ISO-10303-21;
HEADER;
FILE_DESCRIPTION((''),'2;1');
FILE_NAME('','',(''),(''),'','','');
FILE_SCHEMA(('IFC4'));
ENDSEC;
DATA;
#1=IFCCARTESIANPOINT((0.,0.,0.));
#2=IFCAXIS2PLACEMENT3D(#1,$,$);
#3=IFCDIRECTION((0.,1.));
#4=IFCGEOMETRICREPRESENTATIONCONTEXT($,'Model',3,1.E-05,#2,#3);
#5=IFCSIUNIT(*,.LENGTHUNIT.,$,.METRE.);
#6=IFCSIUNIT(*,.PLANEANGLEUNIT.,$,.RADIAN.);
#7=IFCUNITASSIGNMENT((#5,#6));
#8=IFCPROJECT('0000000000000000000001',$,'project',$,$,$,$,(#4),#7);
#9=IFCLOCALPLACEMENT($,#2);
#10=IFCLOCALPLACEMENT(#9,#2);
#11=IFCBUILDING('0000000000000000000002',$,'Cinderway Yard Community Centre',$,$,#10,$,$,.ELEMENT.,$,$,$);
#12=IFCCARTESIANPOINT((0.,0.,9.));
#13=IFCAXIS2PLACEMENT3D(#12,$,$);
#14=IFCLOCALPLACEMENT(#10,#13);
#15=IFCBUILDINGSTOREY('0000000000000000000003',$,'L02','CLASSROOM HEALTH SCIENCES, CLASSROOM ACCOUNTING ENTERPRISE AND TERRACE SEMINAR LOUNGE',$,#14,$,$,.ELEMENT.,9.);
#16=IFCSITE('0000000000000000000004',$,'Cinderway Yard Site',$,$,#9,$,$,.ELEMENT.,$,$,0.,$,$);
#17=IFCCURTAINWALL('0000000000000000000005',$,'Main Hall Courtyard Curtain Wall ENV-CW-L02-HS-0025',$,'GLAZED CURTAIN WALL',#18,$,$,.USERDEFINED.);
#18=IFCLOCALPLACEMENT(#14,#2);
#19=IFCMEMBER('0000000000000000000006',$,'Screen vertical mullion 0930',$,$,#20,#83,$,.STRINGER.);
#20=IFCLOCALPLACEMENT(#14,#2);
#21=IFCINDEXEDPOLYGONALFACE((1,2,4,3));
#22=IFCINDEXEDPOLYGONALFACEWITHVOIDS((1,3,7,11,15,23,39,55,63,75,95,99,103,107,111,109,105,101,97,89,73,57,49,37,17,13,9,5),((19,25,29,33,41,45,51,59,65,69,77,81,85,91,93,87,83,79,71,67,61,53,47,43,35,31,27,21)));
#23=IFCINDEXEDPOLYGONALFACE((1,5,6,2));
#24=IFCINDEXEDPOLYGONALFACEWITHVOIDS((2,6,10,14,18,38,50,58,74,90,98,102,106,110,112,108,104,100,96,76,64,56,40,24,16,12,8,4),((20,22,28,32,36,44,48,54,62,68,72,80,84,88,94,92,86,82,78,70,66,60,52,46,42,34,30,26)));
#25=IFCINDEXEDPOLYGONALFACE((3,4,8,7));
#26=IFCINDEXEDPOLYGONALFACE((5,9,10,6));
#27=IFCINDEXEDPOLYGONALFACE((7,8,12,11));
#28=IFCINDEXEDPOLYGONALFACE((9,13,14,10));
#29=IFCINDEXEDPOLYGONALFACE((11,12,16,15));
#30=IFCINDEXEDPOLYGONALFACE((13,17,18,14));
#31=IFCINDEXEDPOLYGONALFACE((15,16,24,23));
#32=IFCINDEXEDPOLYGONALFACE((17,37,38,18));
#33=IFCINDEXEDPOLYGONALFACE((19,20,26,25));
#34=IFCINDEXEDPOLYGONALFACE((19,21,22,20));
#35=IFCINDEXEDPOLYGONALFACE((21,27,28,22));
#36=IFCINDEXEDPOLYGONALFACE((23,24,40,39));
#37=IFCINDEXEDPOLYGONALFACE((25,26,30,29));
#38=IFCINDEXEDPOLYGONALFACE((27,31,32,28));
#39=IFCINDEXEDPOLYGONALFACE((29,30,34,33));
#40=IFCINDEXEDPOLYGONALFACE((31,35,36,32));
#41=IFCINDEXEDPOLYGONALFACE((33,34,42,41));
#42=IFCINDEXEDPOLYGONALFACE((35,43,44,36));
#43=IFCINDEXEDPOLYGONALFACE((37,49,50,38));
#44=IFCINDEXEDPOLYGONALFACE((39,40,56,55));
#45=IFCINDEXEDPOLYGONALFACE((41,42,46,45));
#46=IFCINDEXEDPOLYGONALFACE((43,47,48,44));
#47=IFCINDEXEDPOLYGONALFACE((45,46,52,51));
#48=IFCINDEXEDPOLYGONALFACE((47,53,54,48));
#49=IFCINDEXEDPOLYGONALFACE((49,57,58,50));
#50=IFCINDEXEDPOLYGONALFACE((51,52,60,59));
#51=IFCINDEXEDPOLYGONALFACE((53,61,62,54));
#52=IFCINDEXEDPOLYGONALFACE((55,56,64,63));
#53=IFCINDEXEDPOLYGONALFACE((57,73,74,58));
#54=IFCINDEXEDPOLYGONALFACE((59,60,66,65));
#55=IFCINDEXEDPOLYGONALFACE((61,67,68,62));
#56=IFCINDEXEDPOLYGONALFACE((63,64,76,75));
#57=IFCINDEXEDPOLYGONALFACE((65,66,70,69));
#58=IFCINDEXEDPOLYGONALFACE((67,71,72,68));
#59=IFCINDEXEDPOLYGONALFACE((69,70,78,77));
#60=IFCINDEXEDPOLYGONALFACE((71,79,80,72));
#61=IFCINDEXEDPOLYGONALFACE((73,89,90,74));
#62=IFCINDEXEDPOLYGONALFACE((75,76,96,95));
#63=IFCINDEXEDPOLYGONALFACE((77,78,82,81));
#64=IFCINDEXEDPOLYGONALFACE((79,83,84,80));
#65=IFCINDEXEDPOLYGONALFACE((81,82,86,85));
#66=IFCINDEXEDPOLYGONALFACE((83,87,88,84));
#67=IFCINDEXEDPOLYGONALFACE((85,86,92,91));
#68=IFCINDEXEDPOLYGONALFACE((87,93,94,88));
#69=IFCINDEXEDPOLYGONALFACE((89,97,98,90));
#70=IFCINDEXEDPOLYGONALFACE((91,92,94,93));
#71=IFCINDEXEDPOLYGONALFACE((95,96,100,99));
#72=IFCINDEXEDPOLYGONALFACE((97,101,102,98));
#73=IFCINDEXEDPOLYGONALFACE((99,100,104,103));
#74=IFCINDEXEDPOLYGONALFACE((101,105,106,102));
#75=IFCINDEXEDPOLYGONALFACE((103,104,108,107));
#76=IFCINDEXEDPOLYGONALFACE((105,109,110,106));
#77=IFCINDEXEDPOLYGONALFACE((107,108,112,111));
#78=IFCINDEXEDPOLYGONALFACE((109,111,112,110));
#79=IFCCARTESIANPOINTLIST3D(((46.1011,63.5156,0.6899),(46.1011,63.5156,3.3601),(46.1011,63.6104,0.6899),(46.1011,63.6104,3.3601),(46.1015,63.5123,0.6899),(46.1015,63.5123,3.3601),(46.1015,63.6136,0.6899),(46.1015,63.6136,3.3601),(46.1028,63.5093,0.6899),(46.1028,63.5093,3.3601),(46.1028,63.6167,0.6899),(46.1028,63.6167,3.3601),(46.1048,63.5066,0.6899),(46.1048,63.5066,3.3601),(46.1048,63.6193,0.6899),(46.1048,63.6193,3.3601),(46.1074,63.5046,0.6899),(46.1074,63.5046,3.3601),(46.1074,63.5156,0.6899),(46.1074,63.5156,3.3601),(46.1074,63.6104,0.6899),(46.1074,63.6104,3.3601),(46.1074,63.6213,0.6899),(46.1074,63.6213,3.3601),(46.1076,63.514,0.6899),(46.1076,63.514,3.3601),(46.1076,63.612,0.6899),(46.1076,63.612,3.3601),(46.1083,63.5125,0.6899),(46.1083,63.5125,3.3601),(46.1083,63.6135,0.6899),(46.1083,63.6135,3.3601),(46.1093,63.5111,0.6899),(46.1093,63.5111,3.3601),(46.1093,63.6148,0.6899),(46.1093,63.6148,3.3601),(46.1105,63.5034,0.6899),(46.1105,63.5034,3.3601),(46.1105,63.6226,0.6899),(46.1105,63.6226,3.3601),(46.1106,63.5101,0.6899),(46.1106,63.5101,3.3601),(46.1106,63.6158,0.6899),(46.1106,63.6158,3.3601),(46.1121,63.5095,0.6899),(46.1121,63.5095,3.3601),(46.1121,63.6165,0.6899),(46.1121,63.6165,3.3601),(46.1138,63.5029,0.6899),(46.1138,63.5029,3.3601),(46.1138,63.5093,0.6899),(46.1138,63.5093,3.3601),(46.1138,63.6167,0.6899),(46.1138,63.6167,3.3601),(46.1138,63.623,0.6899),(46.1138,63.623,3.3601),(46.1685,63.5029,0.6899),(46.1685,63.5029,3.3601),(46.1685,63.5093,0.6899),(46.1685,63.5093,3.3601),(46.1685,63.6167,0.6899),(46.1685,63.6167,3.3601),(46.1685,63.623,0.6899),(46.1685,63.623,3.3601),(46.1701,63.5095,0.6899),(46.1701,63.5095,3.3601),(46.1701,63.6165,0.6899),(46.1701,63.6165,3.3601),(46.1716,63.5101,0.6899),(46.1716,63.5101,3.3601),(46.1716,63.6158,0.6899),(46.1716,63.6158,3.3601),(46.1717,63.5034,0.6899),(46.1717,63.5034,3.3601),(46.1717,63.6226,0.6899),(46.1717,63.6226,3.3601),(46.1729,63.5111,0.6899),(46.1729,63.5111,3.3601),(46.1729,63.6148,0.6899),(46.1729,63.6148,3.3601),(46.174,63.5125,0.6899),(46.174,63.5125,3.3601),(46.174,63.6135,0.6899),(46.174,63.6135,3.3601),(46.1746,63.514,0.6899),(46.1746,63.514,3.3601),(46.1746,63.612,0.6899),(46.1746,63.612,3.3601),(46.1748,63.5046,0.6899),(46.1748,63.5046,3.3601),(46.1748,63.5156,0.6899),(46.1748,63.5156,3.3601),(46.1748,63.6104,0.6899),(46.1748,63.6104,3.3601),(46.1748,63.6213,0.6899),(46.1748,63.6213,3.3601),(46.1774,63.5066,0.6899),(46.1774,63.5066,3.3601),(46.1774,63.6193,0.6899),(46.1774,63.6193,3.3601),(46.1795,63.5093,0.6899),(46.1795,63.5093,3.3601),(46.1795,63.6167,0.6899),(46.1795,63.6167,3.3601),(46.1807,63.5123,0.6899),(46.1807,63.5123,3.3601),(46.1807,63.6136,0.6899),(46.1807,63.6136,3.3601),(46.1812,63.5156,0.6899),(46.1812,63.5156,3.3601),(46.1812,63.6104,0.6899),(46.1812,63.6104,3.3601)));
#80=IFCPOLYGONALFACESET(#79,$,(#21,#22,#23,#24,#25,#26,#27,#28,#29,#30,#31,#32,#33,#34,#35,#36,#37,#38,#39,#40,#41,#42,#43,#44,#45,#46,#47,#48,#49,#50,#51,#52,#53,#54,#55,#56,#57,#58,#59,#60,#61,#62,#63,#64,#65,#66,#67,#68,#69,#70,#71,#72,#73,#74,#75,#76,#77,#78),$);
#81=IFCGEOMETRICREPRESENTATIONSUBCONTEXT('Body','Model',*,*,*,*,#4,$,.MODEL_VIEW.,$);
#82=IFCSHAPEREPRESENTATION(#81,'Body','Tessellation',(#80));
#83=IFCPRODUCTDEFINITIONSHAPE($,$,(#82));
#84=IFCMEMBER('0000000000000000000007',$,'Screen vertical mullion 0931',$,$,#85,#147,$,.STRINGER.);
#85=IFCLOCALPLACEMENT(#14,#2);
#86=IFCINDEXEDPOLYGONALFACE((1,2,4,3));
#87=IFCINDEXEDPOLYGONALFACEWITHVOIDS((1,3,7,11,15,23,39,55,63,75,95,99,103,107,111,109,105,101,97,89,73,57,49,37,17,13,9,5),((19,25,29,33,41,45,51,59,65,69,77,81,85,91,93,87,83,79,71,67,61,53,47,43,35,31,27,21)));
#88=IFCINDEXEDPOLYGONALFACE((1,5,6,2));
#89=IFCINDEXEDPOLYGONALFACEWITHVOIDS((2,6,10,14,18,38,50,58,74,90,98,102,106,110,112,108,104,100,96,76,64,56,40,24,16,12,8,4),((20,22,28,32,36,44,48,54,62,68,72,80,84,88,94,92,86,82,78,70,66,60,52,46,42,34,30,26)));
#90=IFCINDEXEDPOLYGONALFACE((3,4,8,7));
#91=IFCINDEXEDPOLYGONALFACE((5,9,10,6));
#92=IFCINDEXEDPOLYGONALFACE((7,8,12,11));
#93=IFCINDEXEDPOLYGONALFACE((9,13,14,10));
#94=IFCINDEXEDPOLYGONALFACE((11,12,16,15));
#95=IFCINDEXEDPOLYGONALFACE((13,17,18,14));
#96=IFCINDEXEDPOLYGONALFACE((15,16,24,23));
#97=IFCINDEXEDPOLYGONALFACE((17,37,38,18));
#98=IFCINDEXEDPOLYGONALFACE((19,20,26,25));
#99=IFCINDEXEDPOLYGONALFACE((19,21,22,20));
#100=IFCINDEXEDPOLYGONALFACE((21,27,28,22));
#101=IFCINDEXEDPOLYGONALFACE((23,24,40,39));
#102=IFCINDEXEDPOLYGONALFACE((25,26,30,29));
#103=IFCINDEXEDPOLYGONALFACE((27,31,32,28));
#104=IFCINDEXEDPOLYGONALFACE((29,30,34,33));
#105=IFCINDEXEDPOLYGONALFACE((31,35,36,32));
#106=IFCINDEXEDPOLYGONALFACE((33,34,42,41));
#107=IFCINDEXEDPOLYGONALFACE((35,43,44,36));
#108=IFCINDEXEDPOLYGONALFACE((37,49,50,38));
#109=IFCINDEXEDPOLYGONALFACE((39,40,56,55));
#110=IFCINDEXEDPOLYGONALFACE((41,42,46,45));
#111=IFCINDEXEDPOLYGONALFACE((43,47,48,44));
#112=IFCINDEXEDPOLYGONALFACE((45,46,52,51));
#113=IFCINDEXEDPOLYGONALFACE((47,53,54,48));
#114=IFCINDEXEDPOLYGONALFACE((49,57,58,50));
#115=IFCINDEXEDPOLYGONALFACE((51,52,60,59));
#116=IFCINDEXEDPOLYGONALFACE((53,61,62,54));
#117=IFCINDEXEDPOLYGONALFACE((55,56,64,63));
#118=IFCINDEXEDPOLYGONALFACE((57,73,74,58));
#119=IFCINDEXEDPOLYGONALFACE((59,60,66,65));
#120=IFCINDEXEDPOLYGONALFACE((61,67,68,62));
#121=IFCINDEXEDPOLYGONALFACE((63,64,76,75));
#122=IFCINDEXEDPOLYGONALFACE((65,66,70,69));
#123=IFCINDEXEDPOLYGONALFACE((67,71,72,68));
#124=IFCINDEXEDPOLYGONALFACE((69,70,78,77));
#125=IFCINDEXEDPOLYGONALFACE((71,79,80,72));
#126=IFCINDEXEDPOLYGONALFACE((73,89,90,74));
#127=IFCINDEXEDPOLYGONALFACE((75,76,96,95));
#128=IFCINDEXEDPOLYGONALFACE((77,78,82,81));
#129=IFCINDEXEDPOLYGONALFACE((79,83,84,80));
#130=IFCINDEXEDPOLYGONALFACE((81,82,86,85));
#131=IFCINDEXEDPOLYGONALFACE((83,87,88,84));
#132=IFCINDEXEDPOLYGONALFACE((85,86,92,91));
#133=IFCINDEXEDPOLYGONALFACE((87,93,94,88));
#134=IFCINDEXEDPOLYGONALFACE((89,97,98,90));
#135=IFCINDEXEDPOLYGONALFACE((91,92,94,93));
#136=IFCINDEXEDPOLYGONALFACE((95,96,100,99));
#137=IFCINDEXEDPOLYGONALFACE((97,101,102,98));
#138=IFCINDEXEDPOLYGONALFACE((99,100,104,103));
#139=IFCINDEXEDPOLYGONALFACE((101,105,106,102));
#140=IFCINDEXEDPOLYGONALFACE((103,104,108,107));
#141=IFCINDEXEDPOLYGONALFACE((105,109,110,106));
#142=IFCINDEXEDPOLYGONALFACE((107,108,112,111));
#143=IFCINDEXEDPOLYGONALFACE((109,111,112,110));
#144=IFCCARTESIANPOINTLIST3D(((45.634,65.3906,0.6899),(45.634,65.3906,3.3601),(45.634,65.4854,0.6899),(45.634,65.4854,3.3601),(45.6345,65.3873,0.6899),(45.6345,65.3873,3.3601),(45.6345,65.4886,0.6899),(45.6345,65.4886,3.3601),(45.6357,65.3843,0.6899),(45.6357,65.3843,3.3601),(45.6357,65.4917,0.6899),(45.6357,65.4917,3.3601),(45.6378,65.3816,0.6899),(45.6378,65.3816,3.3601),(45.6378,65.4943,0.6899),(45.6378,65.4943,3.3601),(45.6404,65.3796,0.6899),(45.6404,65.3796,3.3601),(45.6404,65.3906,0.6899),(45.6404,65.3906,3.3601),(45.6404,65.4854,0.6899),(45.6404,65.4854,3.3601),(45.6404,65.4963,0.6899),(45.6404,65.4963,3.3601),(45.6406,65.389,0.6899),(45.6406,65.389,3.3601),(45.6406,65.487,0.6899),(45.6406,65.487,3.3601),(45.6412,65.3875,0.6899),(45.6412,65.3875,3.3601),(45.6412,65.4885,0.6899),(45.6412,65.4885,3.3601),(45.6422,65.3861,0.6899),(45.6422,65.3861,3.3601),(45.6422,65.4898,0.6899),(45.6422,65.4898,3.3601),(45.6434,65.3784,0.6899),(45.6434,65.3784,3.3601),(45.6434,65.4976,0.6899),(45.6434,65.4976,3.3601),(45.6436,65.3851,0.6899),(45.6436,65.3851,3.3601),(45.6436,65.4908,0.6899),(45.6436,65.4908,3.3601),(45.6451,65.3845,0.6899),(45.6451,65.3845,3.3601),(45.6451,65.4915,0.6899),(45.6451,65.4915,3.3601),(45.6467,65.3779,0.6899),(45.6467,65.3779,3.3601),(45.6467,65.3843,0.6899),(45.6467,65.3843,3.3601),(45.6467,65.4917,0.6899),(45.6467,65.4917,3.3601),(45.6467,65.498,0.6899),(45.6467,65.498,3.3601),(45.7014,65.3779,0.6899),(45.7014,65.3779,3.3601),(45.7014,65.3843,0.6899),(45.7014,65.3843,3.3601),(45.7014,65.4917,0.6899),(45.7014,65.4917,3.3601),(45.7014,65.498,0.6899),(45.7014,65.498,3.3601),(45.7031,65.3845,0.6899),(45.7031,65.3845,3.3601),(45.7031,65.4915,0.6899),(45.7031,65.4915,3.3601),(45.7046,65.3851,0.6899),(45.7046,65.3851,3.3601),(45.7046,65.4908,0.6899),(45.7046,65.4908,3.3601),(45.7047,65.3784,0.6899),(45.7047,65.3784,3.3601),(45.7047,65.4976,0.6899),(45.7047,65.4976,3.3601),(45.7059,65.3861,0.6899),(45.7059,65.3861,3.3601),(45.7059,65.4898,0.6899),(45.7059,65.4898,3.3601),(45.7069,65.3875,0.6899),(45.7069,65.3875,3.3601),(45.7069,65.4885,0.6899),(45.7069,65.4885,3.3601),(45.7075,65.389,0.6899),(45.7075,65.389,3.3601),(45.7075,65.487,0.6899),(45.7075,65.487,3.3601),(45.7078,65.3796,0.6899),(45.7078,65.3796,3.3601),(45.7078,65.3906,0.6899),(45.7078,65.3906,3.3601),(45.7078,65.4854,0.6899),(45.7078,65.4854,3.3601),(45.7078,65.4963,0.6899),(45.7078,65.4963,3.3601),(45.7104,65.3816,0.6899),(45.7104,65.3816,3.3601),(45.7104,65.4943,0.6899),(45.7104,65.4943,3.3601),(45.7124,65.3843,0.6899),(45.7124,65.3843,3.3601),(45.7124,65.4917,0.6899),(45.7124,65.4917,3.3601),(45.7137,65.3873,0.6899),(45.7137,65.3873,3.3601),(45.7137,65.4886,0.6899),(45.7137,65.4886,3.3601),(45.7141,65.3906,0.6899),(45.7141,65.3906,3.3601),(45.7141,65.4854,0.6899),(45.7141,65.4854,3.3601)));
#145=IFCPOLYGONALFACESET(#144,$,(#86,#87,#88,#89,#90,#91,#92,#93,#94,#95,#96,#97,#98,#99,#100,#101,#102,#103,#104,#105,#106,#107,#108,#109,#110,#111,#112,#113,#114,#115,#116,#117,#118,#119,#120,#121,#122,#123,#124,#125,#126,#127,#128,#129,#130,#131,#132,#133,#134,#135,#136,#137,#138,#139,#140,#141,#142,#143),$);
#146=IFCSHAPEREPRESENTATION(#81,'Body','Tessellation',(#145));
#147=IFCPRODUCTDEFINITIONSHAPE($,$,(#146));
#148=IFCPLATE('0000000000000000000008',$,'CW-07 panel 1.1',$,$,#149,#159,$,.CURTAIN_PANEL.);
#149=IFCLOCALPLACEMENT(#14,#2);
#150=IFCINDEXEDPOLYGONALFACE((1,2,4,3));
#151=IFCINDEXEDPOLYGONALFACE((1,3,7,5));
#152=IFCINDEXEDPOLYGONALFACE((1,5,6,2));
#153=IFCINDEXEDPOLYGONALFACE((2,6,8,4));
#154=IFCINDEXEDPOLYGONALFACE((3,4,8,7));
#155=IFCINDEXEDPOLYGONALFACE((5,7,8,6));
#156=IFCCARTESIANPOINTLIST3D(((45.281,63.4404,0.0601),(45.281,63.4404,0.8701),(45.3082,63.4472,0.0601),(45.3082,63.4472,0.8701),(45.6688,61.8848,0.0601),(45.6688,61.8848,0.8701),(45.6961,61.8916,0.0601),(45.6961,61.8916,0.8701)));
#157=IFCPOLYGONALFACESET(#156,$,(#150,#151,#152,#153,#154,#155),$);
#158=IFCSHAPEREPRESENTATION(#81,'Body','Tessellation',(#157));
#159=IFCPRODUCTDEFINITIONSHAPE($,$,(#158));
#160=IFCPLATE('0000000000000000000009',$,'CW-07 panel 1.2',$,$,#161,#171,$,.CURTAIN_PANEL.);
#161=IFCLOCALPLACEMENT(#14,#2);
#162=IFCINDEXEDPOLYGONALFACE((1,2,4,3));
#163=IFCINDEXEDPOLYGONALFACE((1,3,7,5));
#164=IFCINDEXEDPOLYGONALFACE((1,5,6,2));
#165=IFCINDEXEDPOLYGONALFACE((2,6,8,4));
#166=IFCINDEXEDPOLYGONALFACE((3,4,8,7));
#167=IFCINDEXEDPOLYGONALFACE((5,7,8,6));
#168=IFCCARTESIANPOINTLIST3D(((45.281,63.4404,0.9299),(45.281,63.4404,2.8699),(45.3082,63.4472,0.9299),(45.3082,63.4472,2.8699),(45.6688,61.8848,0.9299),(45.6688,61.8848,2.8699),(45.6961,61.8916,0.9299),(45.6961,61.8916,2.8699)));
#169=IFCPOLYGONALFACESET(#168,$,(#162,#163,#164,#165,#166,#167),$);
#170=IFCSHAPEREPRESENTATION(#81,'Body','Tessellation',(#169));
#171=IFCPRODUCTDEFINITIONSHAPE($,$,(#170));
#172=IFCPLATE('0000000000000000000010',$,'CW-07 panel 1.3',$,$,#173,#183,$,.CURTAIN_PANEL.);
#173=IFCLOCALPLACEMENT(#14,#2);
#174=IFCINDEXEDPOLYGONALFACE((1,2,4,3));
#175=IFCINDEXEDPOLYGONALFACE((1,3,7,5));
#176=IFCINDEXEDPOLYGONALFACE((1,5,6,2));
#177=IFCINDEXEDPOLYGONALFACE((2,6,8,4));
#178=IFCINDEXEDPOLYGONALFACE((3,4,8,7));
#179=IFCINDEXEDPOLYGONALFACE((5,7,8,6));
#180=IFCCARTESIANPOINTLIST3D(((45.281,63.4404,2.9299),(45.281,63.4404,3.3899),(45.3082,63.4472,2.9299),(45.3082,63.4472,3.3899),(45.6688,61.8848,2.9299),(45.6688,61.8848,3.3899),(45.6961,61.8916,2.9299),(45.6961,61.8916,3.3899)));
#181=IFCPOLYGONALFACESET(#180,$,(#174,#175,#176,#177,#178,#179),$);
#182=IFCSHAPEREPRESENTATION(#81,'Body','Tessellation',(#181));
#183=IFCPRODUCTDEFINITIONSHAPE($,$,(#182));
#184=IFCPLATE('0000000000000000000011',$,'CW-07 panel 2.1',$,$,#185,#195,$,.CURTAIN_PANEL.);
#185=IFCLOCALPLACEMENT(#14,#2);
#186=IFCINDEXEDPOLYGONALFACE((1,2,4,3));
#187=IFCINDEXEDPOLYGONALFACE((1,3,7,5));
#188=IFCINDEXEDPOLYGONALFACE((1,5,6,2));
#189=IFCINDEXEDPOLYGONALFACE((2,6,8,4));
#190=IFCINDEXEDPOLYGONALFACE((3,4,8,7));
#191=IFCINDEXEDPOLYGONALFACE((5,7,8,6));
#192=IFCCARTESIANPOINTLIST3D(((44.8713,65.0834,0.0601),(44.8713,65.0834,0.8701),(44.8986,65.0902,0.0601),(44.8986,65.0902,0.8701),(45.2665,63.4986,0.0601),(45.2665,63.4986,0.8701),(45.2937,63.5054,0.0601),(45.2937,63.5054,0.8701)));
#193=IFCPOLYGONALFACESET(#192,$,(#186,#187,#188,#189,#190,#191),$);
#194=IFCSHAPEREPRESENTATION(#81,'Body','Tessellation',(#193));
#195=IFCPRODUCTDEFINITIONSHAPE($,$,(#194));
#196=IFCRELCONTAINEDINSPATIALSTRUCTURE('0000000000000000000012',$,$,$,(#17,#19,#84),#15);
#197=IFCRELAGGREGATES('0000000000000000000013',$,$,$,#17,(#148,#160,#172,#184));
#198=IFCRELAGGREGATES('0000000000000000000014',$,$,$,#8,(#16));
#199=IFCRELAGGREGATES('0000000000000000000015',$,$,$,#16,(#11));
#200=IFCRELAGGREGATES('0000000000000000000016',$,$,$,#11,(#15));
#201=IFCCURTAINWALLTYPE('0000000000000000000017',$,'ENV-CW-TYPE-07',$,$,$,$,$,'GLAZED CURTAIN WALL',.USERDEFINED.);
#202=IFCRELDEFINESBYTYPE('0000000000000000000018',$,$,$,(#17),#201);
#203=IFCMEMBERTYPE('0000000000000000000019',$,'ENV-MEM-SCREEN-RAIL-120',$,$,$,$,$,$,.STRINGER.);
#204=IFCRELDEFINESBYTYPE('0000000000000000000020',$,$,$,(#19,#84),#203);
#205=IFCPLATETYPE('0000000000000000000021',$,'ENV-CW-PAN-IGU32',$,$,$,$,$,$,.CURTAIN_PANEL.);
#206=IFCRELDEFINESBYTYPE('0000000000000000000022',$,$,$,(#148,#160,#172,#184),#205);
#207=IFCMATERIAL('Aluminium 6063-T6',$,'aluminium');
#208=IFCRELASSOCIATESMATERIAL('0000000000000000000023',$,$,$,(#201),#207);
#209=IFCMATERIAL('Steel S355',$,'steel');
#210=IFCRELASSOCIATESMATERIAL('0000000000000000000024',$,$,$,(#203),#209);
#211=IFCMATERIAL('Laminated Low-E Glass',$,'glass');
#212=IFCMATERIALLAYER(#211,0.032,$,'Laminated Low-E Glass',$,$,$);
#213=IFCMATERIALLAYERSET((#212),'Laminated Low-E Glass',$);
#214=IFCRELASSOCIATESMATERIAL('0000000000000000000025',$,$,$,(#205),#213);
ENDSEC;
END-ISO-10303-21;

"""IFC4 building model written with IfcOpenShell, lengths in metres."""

from ifc_helpers import new_model, si_unit, direction, frame, origin, origin_2d, place, context, subcontext, project, spatial, rectangle, hollow_rectangle, extrude, material, layer, layer_set, material_profile, profile_set, type_object, element, aggregate, save


model = new_model("IFC4")

# Units and contexts
model_context = context("Model", 3, precision=1e-05, world=origin(), true_north=direction((0.0, 1.0)))
body_context = subcontext(model_context, "Body", "Model", "MODEL_VIEW")
ifc_project = project(units=[si_unit("LENGTHUNIT", "METRE"), si_unit("PLANEANGLEUNIT", "RADIAN")], contexts=[model_context])

# Site, building, storey
site_placement = place(None, origin())
site = spatial("IfcSite", under=ifc_project, at=site_placement, Name="Cinderway Yard Site", CompositionType="ELEMENT", RefElevation=0.0)
building_placement = place(site_placement, origin())
building = spatial("IfcBuilding", under=site, at=building_placement, Name="Cinderway Yard Community Centre", CompositionType="ELEMENT")
storey_placement = place(building_placement, frame((0.0, 0.0, 9.0)))
storey = spatial("IfcBuildingStorey", under=building, at=storey_placement, Name="L02", Description="CLASSROOM HEALTH SCIENCES, CLASSROOM ACCOUNTING ENTERPRISE AND TERRACE SEMINAR LOUNGE", CompositionType="ELEMENT", Elevation=9.0)

# Curtain wall
ifc_material_1 = material(Name="Aluminium 6063-T6", Category="aluminium")
curtain_wall_type = type_object("IfcCurtainWallType", Name="ENV-CW-TYPE-07", ElementType="GLAZED CURTAIN WALL", PredefinedType="USERDEFINED", material=ifc_material_1)
curtain_wall_placement = place(storey_placement, origin())
curtain_wall = element("IfcCurtainWall", 1, at=curtain_wall_placement, inside=storey, type_object=curtain_wall_type, Name="Main Hall Courtyard Curtain Wall ENV-CW-L02-HS-0025", ObjectType="GLAZED CURTAIN WALL", PredefinedType="USERDEFINED")

# Members
ifc_material_2 = material(Name="Steel S355", Category="steel")
ifc_material_profile_1 = material_profile(ifc_material_2, hollow_rectangle(XDim=0.0801, YDim=0.1201, WallThickness=0.0063, InnerFilletRadius=0.0063, OuterFilletRadius=0.0127, at=origin_2d()), Name="Steel S355")
ifc_profile_set_1 = profile_set([ifc_material_profile_1], Name="Steel S355")
member_type_1 = type_object("IfcMemberType", Name="ENV-MEM-SCREEN-RAIL-120", PredefinedType="STRINGER", material=ifc_profile_set_1)
for number, where, z_axis, x_axis, name in (
    (2, (46.1411, 63.563, 0.6899), (0.0, 0.0, 1.0), (1.0, 0.0, 0.0), "Screen vertical mullion 0930"),
    (3, (45.6741, 65.438, 0.6899), (0.0, 0.0, 1.0), (1.0, 0.0, 0.0), "Screen vertical mullion 0931"),
):
    element("IfcMember", number, at=place(storey_placement, frame(where, z_axis=z_axis, x_axis=x_axis)), inside=storey, type_object=member_type_1, Name=name, PredefinedType="STRINGER", context=body_context, shape_type="SweptSolid", body=[
        extrude(hollow_rectangle(XDim=0.0801, YDim=0.1201, WallThickness=0.0063, InnerFilletRadius=0.0063, OuterFilletRadius=0.0127, at=origin_2d()), origin(), (0.0, 0.0, 1.0), 2.6702),
    ])

# Plates
ifc_material_3 = material(Name="Laminated Low-E Glass", Category="glass")
ifc_layer_1 = layer(ifc_material_3, 0.032, Name="Laminated Low-E Glass")
ifc_layer_set_1 = layer_set([ifc_layer_1], Name="Laminated Low-E Glass")
plate_type_1 = type_object("IfcPlateType", Name="ENV-CW-PAN-IGU32", PredefinedType="CURTAIN_PANEL", material=ifc_layer_set_1)
plate_1_placement = place(storey_placement, frame((45.4885, 62.666, 0.0601), z_axis=(0.0, 0.0, 1.0), x_axis=(-0.241933, 0.970293, 0.0)))
plate_1 = element("IfcPlate", 4, at=plate_1_placement, type_object=plate_type_1, Name="CW-07 panel 1.1", PredefinedType="CURTAIN_PANEL", context=body_context, shape_type="SweptSolid", body=[
    extrude(rectangle(XDim=1.6033, YDim=0.0281, at=origin_2d()), origin(), (0.0, 0.0, 1.0), 0.8101),
])
plate_2_placement = place(storey_placement, frame((45.4885, 62.666, 0.9299), z_axis=(0.0, 0.0, 1.0), x_axis=(-0.241933, 0.970293, 0.0)))
plate_2 = element("IfcPlate", 5, at=plate_2_placement, type_object=plate_type_1, Name="CW-07 panel 1.2", PredefinedType="CURTAIN_PANEL", context=body_context, shape_type="SweptSolid", body=[
    extrude(rectangle(XDim=1.6033, YDim=0.0281, at=origin_2d()), origin(), (0.0, 0.0, 1.0), 1.9399),
])
plate_3_placement = place(storey_placement, frame((45.4885, 62.666, 2.9299), z_axis=(0.0, 0.0, 1.0), x_axis=(-0.241933, 0.970293, 0.0)))
plate_3 = element("IfcPlate", 6, at=plate_3_placement, type_object=plate_type_1, Name="CW-07 panel 1.3", PredefinedType="CURTAIN_PANEL", context=body_context, shape_type="SweptSolid", body=[
    extrude(rectangle(XDim=1.6033, YDim=0.0281, at=origin_2d()), origin(), (0.0, 0.0, 1.0), 0.46),
])
plate_4_placement = place(storey_placement, frame((45.0825, 64.2944, 0.0601), z_axis=(0.0, 0.0, 1.0), x_axis=(-0.241933, 0.970293, 0.0)))
plate_4 = element("IfcPlate", 7, at=plate_4_placement, type_object=plate_type_1, Name="CW-07 panel 2.1", PredefinedType="CURTAIN_PANEL", context=body_context, shape_type="SweptSolid", body=[
    extrude(rectangle(XDim=1.6333, YDim=0.0281, at=origin_2d()), origin(), (0.0, 0.0, 1.0), 0.8101),
])
aggregate(curtain_wall, [plate_1, plate_2, plate_3, plate_4])

save(model, "model.ifc")
